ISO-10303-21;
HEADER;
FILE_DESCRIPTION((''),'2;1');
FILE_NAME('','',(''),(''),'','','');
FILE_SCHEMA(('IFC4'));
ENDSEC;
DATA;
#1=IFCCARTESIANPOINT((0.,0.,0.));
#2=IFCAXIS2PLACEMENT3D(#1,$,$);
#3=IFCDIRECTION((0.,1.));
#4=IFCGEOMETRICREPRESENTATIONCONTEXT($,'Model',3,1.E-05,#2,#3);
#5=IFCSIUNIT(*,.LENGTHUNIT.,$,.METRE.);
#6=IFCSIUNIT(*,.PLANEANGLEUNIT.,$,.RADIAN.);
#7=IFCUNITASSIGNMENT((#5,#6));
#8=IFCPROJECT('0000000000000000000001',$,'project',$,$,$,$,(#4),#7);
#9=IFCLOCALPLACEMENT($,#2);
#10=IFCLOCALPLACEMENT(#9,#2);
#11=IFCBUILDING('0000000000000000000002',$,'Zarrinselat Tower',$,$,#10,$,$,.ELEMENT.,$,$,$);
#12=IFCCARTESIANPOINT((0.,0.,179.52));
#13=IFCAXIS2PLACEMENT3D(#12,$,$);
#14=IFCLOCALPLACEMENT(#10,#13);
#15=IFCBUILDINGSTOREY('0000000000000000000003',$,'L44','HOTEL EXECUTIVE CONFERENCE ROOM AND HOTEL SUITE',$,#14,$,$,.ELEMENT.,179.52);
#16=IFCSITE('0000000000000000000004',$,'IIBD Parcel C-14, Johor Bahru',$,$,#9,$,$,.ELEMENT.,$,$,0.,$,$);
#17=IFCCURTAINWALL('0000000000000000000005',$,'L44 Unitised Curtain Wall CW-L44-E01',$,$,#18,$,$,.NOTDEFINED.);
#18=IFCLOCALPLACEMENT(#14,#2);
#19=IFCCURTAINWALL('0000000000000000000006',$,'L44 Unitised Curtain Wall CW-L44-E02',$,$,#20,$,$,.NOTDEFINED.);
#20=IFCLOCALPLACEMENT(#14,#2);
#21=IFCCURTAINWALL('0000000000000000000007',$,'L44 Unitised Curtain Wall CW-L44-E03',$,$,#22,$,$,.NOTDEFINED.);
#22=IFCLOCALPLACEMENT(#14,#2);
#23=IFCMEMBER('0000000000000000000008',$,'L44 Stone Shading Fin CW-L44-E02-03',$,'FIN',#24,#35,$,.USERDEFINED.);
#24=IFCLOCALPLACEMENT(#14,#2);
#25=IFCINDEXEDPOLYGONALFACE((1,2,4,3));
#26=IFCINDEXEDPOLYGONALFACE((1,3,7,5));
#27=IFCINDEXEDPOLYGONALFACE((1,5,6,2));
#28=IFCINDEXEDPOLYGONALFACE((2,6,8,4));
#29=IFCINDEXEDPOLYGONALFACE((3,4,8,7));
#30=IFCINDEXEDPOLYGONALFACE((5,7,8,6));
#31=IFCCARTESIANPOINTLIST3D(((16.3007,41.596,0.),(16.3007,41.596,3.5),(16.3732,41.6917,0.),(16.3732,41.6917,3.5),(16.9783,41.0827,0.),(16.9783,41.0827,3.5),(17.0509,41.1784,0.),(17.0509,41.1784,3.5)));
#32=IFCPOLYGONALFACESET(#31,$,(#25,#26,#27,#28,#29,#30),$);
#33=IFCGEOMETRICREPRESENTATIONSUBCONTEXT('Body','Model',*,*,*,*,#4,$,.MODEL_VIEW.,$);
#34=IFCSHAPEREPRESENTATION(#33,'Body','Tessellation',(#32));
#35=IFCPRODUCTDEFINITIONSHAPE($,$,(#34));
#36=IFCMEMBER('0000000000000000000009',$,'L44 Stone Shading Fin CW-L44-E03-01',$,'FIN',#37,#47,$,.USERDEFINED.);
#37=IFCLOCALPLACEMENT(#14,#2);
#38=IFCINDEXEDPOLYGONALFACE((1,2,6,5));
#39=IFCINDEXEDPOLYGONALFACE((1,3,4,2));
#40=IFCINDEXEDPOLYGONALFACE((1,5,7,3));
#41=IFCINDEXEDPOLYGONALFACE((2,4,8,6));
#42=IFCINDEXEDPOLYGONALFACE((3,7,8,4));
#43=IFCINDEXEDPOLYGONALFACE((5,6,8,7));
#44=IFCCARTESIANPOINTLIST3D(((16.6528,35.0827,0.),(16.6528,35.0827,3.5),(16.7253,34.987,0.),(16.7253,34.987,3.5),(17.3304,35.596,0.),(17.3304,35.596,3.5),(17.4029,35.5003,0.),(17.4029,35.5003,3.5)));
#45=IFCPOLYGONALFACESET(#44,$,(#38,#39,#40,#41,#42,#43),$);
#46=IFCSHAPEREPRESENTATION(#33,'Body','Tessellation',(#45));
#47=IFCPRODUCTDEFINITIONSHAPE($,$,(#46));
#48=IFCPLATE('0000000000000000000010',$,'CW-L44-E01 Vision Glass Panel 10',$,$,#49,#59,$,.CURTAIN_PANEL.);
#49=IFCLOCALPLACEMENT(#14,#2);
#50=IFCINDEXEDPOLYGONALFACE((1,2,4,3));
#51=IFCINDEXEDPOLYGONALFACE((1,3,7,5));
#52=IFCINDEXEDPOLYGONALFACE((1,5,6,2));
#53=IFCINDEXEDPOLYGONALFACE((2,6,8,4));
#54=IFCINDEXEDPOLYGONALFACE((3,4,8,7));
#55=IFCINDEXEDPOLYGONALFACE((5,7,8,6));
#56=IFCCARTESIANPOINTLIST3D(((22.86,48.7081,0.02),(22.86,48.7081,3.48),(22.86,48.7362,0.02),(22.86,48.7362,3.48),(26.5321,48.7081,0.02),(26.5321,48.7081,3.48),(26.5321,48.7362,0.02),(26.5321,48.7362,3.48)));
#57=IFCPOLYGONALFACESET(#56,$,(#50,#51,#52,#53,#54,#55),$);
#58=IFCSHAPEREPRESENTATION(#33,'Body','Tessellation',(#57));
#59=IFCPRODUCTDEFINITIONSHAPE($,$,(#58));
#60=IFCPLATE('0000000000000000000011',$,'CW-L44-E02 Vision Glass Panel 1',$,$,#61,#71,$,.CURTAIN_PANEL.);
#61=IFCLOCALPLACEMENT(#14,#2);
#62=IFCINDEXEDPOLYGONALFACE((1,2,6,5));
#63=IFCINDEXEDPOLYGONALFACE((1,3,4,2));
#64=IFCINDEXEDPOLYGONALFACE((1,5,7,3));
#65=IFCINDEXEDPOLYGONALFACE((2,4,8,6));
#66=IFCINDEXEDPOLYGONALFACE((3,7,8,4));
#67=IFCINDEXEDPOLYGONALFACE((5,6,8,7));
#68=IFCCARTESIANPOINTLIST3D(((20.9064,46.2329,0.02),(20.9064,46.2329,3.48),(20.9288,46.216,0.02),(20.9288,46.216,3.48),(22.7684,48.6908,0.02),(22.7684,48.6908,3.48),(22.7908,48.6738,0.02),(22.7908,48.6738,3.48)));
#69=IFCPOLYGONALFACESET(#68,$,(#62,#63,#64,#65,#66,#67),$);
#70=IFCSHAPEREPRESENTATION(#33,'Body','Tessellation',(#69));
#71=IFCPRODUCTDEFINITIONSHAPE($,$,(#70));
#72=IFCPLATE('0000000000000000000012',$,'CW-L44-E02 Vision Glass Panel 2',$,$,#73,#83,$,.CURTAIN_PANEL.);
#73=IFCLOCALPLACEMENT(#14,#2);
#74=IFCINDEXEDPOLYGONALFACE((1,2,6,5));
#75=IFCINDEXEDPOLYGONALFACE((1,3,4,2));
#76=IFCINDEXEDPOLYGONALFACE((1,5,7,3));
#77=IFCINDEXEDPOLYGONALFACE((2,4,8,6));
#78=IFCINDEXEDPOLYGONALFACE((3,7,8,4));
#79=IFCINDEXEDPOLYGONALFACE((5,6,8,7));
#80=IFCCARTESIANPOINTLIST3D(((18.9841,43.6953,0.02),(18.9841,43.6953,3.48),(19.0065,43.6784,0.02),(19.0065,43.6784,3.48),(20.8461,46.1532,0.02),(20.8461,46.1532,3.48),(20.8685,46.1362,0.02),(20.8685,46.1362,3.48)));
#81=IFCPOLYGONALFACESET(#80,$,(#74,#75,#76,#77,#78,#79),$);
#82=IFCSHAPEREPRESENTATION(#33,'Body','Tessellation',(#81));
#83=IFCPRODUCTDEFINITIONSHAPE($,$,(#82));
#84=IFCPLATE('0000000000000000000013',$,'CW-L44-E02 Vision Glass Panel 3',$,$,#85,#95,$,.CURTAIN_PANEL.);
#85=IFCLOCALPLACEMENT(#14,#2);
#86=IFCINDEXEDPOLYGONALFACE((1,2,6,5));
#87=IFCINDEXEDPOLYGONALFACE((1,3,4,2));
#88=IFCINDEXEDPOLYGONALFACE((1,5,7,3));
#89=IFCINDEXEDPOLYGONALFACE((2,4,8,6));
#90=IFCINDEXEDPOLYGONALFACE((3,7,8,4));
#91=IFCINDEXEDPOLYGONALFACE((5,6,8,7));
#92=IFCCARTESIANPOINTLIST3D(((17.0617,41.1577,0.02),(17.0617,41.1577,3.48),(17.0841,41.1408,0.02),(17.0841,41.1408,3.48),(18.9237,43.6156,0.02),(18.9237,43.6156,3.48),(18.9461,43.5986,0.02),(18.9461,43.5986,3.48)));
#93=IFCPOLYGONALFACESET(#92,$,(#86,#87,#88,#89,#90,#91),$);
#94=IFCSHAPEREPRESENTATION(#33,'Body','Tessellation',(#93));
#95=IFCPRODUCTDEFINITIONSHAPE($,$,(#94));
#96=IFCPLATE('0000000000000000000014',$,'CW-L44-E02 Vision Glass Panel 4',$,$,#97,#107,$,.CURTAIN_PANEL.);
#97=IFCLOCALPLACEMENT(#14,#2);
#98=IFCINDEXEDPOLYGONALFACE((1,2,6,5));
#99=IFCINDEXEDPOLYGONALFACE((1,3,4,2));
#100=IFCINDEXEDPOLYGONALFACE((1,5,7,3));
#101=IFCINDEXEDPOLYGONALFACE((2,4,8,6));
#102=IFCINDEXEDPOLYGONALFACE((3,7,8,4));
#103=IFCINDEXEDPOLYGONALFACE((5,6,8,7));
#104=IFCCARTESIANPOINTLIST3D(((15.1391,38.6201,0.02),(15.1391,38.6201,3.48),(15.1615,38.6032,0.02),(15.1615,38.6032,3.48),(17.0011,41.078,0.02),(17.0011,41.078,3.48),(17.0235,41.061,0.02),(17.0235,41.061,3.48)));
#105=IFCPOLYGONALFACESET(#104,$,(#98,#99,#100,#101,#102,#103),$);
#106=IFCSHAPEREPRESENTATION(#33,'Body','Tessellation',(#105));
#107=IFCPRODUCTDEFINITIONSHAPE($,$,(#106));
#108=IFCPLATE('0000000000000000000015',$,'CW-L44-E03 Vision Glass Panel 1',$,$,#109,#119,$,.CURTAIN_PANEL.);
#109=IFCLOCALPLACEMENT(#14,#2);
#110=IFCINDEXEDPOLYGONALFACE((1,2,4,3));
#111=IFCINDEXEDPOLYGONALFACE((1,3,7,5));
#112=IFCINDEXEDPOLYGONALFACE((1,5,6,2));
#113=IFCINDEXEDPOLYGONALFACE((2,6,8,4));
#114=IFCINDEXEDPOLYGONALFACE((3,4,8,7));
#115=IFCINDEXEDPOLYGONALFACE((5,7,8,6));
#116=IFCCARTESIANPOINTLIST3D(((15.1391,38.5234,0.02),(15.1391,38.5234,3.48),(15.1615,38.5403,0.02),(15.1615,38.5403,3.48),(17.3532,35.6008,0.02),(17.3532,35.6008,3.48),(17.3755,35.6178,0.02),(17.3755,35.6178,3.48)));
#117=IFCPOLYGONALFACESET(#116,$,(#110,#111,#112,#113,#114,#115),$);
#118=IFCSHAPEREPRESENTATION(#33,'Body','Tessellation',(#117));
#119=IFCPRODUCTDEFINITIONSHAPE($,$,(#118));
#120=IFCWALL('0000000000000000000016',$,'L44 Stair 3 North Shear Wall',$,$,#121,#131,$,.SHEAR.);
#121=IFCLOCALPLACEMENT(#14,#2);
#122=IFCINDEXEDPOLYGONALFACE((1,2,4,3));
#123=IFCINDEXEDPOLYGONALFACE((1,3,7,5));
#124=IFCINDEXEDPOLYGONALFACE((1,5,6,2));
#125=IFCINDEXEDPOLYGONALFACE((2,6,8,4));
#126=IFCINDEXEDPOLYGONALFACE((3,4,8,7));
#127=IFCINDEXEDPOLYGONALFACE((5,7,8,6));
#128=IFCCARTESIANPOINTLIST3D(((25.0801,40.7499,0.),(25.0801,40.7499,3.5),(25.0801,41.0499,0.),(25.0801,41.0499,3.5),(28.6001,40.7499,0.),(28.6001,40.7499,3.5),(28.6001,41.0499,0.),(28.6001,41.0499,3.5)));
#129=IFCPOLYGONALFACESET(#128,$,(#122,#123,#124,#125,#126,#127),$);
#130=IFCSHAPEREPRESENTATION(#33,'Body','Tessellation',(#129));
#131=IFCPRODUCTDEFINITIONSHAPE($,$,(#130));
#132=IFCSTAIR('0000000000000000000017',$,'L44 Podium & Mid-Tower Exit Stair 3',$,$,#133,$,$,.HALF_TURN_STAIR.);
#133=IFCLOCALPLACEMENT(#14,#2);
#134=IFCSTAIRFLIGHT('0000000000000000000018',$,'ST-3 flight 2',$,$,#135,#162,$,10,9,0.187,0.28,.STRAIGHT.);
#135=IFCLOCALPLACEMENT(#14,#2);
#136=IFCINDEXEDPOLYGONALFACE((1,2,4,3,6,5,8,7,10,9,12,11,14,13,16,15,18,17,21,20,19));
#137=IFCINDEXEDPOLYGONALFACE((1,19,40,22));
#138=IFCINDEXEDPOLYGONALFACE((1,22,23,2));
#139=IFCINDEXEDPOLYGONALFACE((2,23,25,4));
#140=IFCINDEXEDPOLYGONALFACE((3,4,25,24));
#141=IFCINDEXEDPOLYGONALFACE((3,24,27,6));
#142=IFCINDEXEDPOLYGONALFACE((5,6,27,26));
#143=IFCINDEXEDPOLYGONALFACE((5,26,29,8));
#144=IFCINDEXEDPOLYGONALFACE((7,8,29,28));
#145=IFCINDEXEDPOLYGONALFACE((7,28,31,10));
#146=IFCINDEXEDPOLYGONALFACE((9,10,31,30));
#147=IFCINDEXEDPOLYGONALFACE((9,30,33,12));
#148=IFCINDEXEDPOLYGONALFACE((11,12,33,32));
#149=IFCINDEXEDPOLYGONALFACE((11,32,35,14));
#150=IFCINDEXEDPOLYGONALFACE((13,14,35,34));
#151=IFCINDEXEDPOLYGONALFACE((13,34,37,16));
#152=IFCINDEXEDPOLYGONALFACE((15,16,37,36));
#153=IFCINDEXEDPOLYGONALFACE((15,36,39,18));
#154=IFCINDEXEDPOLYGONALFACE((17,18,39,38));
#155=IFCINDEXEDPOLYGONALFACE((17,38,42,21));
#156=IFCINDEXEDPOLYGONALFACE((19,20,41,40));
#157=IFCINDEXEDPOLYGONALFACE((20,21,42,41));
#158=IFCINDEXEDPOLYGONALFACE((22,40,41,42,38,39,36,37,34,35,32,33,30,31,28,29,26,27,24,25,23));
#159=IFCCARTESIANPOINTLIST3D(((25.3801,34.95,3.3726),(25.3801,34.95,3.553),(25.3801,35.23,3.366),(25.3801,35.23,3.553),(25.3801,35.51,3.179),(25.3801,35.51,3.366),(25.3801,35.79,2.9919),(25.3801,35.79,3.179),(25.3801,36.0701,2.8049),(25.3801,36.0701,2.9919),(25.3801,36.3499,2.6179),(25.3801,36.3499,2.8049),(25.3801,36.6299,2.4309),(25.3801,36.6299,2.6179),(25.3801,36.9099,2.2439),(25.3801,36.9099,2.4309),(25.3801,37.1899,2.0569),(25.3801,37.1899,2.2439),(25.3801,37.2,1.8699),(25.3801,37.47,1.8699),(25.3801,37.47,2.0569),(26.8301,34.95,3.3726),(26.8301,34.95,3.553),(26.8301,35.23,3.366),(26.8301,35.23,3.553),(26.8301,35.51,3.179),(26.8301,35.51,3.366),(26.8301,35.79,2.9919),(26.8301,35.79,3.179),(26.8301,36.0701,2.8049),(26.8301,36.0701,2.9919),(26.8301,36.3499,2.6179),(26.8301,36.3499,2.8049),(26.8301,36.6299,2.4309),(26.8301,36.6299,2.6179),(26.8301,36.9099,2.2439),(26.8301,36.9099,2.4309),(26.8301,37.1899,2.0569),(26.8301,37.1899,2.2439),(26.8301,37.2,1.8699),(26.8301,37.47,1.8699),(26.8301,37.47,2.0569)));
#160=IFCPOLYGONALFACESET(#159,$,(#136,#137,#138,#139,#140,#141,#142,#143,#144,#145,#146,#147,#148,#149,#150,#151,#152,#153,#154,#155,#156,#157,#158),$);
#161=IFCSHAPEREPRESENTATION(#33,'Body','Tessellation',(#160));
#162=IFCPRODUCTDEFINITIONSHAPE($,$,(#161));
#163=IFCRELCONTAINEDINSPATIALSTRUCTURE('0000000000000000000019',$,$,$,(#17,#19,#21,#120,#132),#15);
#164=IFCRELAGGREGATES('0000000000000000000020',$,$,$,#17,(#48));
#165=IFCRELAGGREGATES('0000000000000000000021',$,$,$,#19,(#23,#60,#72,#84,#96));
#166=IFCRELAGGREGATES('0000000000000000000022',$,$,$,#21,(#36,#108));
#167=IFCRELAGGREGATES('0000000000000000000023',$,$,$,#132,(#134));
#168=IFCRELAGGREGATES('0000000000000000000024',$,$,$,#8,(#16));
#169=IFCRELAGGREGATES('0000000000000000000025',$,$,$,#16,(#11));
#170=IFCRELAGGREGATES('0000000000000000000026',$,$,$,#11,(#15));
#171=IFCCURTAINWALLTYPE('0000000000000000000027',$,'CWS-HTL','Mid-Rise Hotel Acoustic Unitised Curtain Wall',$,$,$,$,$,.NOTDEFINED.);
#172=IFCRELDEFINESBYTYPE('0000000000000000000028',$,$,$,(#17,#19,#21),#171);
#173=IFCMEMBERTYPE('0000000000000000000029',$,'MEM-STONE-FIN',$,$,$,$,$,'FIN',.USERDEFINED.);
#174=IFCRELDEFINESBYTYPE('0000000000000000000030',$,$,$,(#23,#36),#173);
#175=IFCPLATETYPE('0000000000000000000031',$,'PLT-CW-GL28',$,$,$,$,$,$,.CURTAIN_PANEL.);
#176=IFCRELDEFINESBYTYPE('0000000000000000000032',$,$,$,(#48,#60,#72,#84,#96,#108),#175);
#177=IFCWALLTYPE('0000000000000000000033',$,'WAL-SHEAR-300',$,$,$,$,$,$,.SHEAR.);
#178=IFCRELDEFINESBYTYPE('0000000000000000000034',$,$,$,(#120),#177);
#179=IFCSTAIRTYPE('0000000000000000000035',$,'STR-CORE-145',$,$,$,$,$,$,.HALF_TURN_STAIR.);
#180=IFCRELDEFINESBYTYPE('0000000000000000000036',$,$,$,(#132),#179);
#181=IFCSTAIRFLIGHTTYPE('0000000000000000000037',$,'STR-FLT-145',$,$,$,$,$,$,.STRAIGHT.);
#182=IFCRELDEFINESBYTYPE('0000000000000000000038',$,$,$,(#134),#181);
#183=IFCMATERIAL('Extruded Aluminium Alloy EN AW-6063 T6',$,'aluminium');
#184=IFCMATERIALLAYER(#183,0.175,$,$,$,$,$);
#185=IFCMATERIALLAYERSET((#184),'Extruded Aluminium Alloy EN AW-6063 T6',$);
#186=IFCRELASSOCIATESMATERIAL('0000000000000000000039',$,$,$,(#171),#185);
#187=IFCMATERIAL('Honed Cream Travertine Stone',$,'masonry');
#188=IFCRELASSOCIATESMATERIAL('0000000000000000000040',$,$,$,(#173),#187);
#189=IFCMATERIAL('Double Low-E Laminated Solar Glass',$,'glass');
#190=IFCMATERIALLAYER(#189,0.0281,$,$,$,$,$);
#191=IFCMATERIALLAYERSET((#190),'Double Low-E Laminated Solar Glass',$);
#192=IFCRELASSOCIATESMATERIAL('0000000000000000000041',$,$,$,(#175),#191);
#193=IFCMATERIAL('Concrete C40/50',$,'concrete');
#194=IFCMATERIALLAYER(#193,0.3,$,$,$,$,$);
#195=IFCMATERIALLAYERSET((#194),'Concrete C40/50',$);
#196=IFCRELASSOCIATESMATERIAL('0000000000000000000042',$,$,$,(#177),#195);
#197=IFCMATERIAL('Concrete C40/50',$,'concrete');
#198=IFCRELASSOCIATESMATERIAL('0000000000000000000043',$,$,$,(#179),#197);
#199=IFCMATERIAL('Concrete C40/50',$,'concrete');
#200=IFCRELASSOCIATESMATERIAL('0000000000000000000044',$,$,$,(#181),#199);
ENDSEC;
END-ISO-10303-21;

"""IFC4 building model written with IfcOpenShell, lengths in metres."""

from ifc_helpers import new_model, si_unit, direction, frame, frame_2d, origin, origin_2d, place, context, subcontext, project, spatial, polyline, rectangle, outline, extrude, material, layer, layer_set, material_profile, profile_set, type_object, element, aggregate, save


model = new_model("IFC4")

# Units and contexts
model_context = context("Model", 3, precision=1e-05, world=origin(), true_north=direction((0.0, 1.0)))
body_context = subcontext(model_context, "Body", "Model", "MODEL_VIEW")
ifc_project = project(units=[si_unit("LENGTHUNIT", "METRE"), si_unit("PLANEANGLEUNIT", "RADIAN")], contexts=[model_context])

# Site, building, storey
site_placement = place(None, origin())
site = spatial("IfcSite", under=ifc_project, at=site_placement, Name="IIBD Parcel C-14, Johor Bahru", CompositionType="ELEMENT", RefElevation=0.0)
building_placement = place(site_placement, origin())
building = spatial("IfcBuilding", under=site, at=building_placement, Name="Zarrinselat Tower", CompositionType="ELEMENT")
storey_placement = place(building_placement, frame((0.0, 0.0, 179.52)))
storey = spatial("IfcBuildingStorey", under=building, at=storey_placement, Name="L44", Description="HOTEL EXECUTIVE CONFERENCE ROOM AND HOTEL SUITE", CompositionType="ELEMENT", Elevation=179.52)

# Curtain walls
ifc_material_1 = material(Name="Extruded Aluminium Alloy EN AW-6063 T6", Category="aluminium")
ifc_layer_1 = layer(ifc_material_1, 0.175)
ifc_layer_set_1 = layer_set([ifc_layer_1], Name="Extruded Aluminium Alloy EN AW-6063 T6")
curtain_wall_type = type_object("IfcCurtainWallType", Name="CWS-HTL", Description="Mid-Rise Hotel Acoustic Unitised Curtain Wall", PredefinedType="NOTDEFINED", material=ifc_layer_set_1)
curtain_wall_1_placement = place(storey_placement, origin())
curtain_wall_1 = element("IfcCurtainWall", 1, at=curtain_wall_1_placement, inside=storey, type_object=curtain_wall_type, Name="L44 Unitised Curtain Wall CW-L44-E01", PredefinedType="NOTDEFINED")
curtain_wall_2_placement = place(storey_placement, origin())
curtain_wall_2 = element("IfcCurtainWall", 2, at=curtain_wall_2_placement, inside=storey, type_object=curtain_wall_type, Name="L44 Unitised Curtain Wall CW-L44-E02", PredefinedType="NOTDEFINED")

# Curtain wall
curtain_wall_3_placement = place(storey_placement, origin())
curtain_wall_3 = element("IfcCurtainWall", 3, at=curtain_wall_3_placement, inside=storey, type_object=curtain_wall_type, Name="L44 Unitised Curtain Wall CW-L44-E03", PredefinedType="NOTDEFINED")

# Members
ifc_material_2 = material(Name="Honed Cream Travertine Stone", Category="masonry")
ifc_material_profile_1 = material_profile(ifc_material_2, rectangle(XDim=0.1201, YDim=0.8501, at=origin_2d()), Name="FIN 850x120")
ifc_profile_set_1 = profile_set([ifc_material_profile_1], Name="Honed Cream Travertine Stone")
member_type_1 = type_object("IfcMemberType", Name="MEM-STONE-FIN", ElementType="FIN", PredefinedType="USERDEFINED", material=ifc_profile_set_1)
member_1_placement = place(storey_placement, frame((16.6758, 41.3872, 0.0), z_axis=(0.0, 0.0, 1.0), x_axis=(0.603859, 0.797091, 0.0)))
member_1 = element("IfcMember", 4, at=member_1_placement, type_object=member_type_1, Name="L44 Stone Shading Fin CW-L44-E02-03", ObjectType="FIN", PredefinedType="USERDEFINED", context=body_context, shape_type="SweptSolid", body=[
    extrude(rectangle(XDim=0.1201, YDim=0.8501, at=origin_2d()), origin(), (0.0, 0.0, 1.0), 3.5),
])
member_2_placement = place(storey_placement, frame((17.0278, 35.2915, 0.0), z_axis=(0.0, 0.0, 1.0), x_axis=(-0.603857, 0.797092, 0.0)))
member_2 = element("IfcMember", 5, at=member_2_placement, type_object=member_type_1, Name="L44 Stone Shading Fin CW-L44-E03-01", ObjectType="FIN", PredefinedType="USERDEFINED", context=body_context, shape_type="SweptSolid", body=[
    extrude(rectangle(XDim=0.1201, YDim=0.8501, at=origin_2d()), origin(), (0.0, 0.0, 1.0), 3.5),
])

# Plates
ifc_material_3 = material(Name="Double Low-E Laminated Solar Glass", Category="glass")
ifc_layer_2 = layer(ifc_material_3, 0.0281)
ifc_layer_set_2 = layer_set([ifc_layer_2], Name="Double Low-E Laminated Solar Glass")
plate_type = type_object("IfcPlateType", Name="PLT-CW-GL28", PredefinedType="CURTAIN_PANEL", material=ifc_layer_set_2)
plate_1_placement = place(storey_placement, frame((24.696, 48.7222, 0.02), z_axis=(0.0, 0.0, 1.0), x_axis=(-1.0, 0.0, 0.0)))
plate_1 = element("IfcPlate", 6, at=plate_1_placement, type_object=plate_type, Name="CW-L44-E01 Vision Glass Panel 10", PredefinedType="CURTAIN_PANEL", context=body_context, shape_type="SweptSolid", body=[
    extrude(rectangle(XDim=3.6721, YDim=0.0281, at=origin_2d()), origin(), (0.0, 0.0, 1.0), 3.46),
])
aggregate(curtain_wall_1, [plate_1])
plate_2_placement = place(storey_placement, frame((21.8486, 47.4534, 0.02), z_axis=(0.0, 0.0, 1.0), x_axis=(-0.603859, -0.797091, 0.0)))
plate_2 = element("IfcPlate", 7, at=plate_2_placement, type_object=plate_type, Name="CW-L44-E02 Vision Glass Panel 1", PredefinedType="CURTAIN_PANEL", context=body_context, shape_type="SweptSolid", body=[
    extrude(rectangle(XDim=3.0835, YDim=0.0281, at=origin_2d()), origin(), (0.0, 0.0, 1.0), 3.46),
])
plate_3_placement = place(storey_placement, frame((19.9263, 44.9158, 0.02), z_axis=(0.0, 0.0, 1.0), x_axis=(-0.603859, -0.797091, 0.0)))
plate_3 = element("IfcPlate", 8, at=plate_3_placement, type_object=plate_type, Name="CW-L44-E02 Vision Glass Panel 2", PredefinedType="CURTAIN_PANEL", context=body_context, shape_type="SweptSolid", body=[
    extrude(rectangle(XDim=3.0835, YDim=0.0281, at=origin_2d()), origin(), (0.0, 0.0, 1.0), 3.46),
])
plate_4_placement = place(storey_placement, frame((18.0039, 42.3782, 0.02), z_axis=(0.0, 0.0, 1.0), x_axis=(-0.603859, -0.797091, 0.0)))
plate_4 = element("IfcPlate", 9, at=plate_4_placement, type_object=plate_type, Name="CW-L44-E02 Vision Glass Panel 3", PredefinedType="CURTAIN_PANEL", context=body_context, shape_type="SweptSolid", body=[
    extrude(rectangle(XDim=3.0835, YDim=0.0281, at=origin_2d()), origin(), (0.0, 0.0, 1.0), 3.46),
])
plate_5_placement = place(storey_placement, frame((16.0813, 39.8406, 0.02), z_axis=(0.0, 0.0, 1.0), x_axis=(-0.603859, -0.797091, 0.0)))
plate_5 = element("IfcPlate", 10, at=plate_5_placement, type_object=plate_type, Name="CW-L44-E02 Vision Glass Panel 4", PredefinedType="CURTAIN_PANEL", context=body_context, shape_type="SweptSolid", body=[
    extrude(rectangle(XDim=3.0835, YDim=0.0281, at=origin_2d()), origin(), (0.0, 0.0, 1.0), 3.46),
])
aggregate(curtain_wall_2, [member_1, plate_2, plate_3, plate_4, plate_5])
plate_6_placement = place(storey_placement, frame((16.2573, 37.0706, 0.02), z_axis=(0.0, 0.0, 1.0), x_axis=(0.603857, -0.797092, 0.0)))
plate_6 = element("IfcPlate", 11, at=plate_6_placement, type_object=plate_type, Name="CW-L44-E03 Vision Glass Panel 1", PredefinedType="CURTAIN_PANEL", context=body_context, shape_type="SweptSolid", body=[
    extrude(rectangle(XDim=3.6665, YDim=0.0281, at=origin_2d()), origin(), (0.0, 0.0, 1.0), 3.46),
])
aggregate(curtain_wall_3, [member_2, plate_6])

# Wall
ifc_material_4 = material(Name="Concrete C40/50", Category="concrete")
ifc_layer_3 = layer(ifc_material_4, 0.3)
ifc_layer_set_3 = layer_set([ifc_layer_3], Name="Concrete C40/50")
wall_type = type_object("IfcWallType", Name="WAL-SHEAR-300", PredefinedType="SHEAR", material=ifc_layer_set_3)
wall_placement = place(storey_placement, frame((25.0801, 40.8999, 0.0), z_axis=(0.0, 0.0, 1.0), x_axis=(1.0, 0.0, 0.0)))
element("IfcWall", 12, at=wall_placement, inside=storey, type_object=wall_type, Name="L44 Stair 3 North Shear Wall", PredefinedType="SHEAR", context=body_context, shape_type="SweptSolid", body=[
    extrude(rectangle(XDim=3.52, YDim=0.3, at=frame_2d((1.76, 0.0))), origin(), (0.0, 0.0, 1.0), 3.5),
])

# Stair, stair flight
ifc_material_5 = material(Name="Concrete C40/50", Category="concrete")
stair_type = type_object("IfcStairType", Name="STR-CORE-145", PredefinedType="HALF_TURN_STAIR", material=ifc_material_5)
stair_placement = place(storey_placement, origin())
stair = element("IfcStair", 13, at=stair_placement, inside=storey, type_object=stair_type, Name="L44 Podium & Mid-Tower Exit Stair 3", PredefinedType="HALF_TURN_STAIR")
ifc_material_6 = material(Name="Concrete C40/50", Category="concrete")
stair_flight_type = type_object("IfcStairFlightType", Name="STR-FLT-145", PredefinedType="STRAIGHT", material=ifc_material_6)
stair_flight_placement = place(storey_placement, frame((26.105, 37.47, 1.8699), z_axis=(0.0, 0.0, 1.0), x_axis=(0.0, -1.0, 0.0)))
stair_flight = element("IfcStairFlight", 14, at=stair_flight_placement, type_object=stair_flight_type, Name="ST-3 flight 2", NumberOfRisers=10, NumberOfTreads=9, PredefinedType="STRAIGHT", RiserHeight=0.187, TreadLength=0.28, context=body_context, shape_type="SweptSolid", body=[
    extrude(outline(polyline([(0.0, 0.0), (0.0, 0.187), (0.28, 0.187), (0.28, 0.374), (0.5601, 0.374), (0.5601, 0.561), (0.8401, 0.561), (0.8401, 0.748), (1.1201, 0.748), (1.1201, 0.9351), (1.3999, 0.9351), (1.3999, 1.1221), (1.6799, 1.1221), (1.6799, 1.3091), (1.96, 1.3091), (1.96, 1.4961), (2.24, 1.4961), (2.24, 1.6831), (2.52, 1.6831), (2.52, 1.8701), (2.52, 1.5027), (0.27, 0.0), (0.0, 0.0)])), frame((0.0, 0.7251, 0.0), z_axis=(0.0, -1.0, 0.0), x_axis=(1.0, 0.0, 0.0)), (0.0, 0.0, 1.0), 1.45),
])
aggregate(stair, [stair_flight])

save(model, "model.ifc")
